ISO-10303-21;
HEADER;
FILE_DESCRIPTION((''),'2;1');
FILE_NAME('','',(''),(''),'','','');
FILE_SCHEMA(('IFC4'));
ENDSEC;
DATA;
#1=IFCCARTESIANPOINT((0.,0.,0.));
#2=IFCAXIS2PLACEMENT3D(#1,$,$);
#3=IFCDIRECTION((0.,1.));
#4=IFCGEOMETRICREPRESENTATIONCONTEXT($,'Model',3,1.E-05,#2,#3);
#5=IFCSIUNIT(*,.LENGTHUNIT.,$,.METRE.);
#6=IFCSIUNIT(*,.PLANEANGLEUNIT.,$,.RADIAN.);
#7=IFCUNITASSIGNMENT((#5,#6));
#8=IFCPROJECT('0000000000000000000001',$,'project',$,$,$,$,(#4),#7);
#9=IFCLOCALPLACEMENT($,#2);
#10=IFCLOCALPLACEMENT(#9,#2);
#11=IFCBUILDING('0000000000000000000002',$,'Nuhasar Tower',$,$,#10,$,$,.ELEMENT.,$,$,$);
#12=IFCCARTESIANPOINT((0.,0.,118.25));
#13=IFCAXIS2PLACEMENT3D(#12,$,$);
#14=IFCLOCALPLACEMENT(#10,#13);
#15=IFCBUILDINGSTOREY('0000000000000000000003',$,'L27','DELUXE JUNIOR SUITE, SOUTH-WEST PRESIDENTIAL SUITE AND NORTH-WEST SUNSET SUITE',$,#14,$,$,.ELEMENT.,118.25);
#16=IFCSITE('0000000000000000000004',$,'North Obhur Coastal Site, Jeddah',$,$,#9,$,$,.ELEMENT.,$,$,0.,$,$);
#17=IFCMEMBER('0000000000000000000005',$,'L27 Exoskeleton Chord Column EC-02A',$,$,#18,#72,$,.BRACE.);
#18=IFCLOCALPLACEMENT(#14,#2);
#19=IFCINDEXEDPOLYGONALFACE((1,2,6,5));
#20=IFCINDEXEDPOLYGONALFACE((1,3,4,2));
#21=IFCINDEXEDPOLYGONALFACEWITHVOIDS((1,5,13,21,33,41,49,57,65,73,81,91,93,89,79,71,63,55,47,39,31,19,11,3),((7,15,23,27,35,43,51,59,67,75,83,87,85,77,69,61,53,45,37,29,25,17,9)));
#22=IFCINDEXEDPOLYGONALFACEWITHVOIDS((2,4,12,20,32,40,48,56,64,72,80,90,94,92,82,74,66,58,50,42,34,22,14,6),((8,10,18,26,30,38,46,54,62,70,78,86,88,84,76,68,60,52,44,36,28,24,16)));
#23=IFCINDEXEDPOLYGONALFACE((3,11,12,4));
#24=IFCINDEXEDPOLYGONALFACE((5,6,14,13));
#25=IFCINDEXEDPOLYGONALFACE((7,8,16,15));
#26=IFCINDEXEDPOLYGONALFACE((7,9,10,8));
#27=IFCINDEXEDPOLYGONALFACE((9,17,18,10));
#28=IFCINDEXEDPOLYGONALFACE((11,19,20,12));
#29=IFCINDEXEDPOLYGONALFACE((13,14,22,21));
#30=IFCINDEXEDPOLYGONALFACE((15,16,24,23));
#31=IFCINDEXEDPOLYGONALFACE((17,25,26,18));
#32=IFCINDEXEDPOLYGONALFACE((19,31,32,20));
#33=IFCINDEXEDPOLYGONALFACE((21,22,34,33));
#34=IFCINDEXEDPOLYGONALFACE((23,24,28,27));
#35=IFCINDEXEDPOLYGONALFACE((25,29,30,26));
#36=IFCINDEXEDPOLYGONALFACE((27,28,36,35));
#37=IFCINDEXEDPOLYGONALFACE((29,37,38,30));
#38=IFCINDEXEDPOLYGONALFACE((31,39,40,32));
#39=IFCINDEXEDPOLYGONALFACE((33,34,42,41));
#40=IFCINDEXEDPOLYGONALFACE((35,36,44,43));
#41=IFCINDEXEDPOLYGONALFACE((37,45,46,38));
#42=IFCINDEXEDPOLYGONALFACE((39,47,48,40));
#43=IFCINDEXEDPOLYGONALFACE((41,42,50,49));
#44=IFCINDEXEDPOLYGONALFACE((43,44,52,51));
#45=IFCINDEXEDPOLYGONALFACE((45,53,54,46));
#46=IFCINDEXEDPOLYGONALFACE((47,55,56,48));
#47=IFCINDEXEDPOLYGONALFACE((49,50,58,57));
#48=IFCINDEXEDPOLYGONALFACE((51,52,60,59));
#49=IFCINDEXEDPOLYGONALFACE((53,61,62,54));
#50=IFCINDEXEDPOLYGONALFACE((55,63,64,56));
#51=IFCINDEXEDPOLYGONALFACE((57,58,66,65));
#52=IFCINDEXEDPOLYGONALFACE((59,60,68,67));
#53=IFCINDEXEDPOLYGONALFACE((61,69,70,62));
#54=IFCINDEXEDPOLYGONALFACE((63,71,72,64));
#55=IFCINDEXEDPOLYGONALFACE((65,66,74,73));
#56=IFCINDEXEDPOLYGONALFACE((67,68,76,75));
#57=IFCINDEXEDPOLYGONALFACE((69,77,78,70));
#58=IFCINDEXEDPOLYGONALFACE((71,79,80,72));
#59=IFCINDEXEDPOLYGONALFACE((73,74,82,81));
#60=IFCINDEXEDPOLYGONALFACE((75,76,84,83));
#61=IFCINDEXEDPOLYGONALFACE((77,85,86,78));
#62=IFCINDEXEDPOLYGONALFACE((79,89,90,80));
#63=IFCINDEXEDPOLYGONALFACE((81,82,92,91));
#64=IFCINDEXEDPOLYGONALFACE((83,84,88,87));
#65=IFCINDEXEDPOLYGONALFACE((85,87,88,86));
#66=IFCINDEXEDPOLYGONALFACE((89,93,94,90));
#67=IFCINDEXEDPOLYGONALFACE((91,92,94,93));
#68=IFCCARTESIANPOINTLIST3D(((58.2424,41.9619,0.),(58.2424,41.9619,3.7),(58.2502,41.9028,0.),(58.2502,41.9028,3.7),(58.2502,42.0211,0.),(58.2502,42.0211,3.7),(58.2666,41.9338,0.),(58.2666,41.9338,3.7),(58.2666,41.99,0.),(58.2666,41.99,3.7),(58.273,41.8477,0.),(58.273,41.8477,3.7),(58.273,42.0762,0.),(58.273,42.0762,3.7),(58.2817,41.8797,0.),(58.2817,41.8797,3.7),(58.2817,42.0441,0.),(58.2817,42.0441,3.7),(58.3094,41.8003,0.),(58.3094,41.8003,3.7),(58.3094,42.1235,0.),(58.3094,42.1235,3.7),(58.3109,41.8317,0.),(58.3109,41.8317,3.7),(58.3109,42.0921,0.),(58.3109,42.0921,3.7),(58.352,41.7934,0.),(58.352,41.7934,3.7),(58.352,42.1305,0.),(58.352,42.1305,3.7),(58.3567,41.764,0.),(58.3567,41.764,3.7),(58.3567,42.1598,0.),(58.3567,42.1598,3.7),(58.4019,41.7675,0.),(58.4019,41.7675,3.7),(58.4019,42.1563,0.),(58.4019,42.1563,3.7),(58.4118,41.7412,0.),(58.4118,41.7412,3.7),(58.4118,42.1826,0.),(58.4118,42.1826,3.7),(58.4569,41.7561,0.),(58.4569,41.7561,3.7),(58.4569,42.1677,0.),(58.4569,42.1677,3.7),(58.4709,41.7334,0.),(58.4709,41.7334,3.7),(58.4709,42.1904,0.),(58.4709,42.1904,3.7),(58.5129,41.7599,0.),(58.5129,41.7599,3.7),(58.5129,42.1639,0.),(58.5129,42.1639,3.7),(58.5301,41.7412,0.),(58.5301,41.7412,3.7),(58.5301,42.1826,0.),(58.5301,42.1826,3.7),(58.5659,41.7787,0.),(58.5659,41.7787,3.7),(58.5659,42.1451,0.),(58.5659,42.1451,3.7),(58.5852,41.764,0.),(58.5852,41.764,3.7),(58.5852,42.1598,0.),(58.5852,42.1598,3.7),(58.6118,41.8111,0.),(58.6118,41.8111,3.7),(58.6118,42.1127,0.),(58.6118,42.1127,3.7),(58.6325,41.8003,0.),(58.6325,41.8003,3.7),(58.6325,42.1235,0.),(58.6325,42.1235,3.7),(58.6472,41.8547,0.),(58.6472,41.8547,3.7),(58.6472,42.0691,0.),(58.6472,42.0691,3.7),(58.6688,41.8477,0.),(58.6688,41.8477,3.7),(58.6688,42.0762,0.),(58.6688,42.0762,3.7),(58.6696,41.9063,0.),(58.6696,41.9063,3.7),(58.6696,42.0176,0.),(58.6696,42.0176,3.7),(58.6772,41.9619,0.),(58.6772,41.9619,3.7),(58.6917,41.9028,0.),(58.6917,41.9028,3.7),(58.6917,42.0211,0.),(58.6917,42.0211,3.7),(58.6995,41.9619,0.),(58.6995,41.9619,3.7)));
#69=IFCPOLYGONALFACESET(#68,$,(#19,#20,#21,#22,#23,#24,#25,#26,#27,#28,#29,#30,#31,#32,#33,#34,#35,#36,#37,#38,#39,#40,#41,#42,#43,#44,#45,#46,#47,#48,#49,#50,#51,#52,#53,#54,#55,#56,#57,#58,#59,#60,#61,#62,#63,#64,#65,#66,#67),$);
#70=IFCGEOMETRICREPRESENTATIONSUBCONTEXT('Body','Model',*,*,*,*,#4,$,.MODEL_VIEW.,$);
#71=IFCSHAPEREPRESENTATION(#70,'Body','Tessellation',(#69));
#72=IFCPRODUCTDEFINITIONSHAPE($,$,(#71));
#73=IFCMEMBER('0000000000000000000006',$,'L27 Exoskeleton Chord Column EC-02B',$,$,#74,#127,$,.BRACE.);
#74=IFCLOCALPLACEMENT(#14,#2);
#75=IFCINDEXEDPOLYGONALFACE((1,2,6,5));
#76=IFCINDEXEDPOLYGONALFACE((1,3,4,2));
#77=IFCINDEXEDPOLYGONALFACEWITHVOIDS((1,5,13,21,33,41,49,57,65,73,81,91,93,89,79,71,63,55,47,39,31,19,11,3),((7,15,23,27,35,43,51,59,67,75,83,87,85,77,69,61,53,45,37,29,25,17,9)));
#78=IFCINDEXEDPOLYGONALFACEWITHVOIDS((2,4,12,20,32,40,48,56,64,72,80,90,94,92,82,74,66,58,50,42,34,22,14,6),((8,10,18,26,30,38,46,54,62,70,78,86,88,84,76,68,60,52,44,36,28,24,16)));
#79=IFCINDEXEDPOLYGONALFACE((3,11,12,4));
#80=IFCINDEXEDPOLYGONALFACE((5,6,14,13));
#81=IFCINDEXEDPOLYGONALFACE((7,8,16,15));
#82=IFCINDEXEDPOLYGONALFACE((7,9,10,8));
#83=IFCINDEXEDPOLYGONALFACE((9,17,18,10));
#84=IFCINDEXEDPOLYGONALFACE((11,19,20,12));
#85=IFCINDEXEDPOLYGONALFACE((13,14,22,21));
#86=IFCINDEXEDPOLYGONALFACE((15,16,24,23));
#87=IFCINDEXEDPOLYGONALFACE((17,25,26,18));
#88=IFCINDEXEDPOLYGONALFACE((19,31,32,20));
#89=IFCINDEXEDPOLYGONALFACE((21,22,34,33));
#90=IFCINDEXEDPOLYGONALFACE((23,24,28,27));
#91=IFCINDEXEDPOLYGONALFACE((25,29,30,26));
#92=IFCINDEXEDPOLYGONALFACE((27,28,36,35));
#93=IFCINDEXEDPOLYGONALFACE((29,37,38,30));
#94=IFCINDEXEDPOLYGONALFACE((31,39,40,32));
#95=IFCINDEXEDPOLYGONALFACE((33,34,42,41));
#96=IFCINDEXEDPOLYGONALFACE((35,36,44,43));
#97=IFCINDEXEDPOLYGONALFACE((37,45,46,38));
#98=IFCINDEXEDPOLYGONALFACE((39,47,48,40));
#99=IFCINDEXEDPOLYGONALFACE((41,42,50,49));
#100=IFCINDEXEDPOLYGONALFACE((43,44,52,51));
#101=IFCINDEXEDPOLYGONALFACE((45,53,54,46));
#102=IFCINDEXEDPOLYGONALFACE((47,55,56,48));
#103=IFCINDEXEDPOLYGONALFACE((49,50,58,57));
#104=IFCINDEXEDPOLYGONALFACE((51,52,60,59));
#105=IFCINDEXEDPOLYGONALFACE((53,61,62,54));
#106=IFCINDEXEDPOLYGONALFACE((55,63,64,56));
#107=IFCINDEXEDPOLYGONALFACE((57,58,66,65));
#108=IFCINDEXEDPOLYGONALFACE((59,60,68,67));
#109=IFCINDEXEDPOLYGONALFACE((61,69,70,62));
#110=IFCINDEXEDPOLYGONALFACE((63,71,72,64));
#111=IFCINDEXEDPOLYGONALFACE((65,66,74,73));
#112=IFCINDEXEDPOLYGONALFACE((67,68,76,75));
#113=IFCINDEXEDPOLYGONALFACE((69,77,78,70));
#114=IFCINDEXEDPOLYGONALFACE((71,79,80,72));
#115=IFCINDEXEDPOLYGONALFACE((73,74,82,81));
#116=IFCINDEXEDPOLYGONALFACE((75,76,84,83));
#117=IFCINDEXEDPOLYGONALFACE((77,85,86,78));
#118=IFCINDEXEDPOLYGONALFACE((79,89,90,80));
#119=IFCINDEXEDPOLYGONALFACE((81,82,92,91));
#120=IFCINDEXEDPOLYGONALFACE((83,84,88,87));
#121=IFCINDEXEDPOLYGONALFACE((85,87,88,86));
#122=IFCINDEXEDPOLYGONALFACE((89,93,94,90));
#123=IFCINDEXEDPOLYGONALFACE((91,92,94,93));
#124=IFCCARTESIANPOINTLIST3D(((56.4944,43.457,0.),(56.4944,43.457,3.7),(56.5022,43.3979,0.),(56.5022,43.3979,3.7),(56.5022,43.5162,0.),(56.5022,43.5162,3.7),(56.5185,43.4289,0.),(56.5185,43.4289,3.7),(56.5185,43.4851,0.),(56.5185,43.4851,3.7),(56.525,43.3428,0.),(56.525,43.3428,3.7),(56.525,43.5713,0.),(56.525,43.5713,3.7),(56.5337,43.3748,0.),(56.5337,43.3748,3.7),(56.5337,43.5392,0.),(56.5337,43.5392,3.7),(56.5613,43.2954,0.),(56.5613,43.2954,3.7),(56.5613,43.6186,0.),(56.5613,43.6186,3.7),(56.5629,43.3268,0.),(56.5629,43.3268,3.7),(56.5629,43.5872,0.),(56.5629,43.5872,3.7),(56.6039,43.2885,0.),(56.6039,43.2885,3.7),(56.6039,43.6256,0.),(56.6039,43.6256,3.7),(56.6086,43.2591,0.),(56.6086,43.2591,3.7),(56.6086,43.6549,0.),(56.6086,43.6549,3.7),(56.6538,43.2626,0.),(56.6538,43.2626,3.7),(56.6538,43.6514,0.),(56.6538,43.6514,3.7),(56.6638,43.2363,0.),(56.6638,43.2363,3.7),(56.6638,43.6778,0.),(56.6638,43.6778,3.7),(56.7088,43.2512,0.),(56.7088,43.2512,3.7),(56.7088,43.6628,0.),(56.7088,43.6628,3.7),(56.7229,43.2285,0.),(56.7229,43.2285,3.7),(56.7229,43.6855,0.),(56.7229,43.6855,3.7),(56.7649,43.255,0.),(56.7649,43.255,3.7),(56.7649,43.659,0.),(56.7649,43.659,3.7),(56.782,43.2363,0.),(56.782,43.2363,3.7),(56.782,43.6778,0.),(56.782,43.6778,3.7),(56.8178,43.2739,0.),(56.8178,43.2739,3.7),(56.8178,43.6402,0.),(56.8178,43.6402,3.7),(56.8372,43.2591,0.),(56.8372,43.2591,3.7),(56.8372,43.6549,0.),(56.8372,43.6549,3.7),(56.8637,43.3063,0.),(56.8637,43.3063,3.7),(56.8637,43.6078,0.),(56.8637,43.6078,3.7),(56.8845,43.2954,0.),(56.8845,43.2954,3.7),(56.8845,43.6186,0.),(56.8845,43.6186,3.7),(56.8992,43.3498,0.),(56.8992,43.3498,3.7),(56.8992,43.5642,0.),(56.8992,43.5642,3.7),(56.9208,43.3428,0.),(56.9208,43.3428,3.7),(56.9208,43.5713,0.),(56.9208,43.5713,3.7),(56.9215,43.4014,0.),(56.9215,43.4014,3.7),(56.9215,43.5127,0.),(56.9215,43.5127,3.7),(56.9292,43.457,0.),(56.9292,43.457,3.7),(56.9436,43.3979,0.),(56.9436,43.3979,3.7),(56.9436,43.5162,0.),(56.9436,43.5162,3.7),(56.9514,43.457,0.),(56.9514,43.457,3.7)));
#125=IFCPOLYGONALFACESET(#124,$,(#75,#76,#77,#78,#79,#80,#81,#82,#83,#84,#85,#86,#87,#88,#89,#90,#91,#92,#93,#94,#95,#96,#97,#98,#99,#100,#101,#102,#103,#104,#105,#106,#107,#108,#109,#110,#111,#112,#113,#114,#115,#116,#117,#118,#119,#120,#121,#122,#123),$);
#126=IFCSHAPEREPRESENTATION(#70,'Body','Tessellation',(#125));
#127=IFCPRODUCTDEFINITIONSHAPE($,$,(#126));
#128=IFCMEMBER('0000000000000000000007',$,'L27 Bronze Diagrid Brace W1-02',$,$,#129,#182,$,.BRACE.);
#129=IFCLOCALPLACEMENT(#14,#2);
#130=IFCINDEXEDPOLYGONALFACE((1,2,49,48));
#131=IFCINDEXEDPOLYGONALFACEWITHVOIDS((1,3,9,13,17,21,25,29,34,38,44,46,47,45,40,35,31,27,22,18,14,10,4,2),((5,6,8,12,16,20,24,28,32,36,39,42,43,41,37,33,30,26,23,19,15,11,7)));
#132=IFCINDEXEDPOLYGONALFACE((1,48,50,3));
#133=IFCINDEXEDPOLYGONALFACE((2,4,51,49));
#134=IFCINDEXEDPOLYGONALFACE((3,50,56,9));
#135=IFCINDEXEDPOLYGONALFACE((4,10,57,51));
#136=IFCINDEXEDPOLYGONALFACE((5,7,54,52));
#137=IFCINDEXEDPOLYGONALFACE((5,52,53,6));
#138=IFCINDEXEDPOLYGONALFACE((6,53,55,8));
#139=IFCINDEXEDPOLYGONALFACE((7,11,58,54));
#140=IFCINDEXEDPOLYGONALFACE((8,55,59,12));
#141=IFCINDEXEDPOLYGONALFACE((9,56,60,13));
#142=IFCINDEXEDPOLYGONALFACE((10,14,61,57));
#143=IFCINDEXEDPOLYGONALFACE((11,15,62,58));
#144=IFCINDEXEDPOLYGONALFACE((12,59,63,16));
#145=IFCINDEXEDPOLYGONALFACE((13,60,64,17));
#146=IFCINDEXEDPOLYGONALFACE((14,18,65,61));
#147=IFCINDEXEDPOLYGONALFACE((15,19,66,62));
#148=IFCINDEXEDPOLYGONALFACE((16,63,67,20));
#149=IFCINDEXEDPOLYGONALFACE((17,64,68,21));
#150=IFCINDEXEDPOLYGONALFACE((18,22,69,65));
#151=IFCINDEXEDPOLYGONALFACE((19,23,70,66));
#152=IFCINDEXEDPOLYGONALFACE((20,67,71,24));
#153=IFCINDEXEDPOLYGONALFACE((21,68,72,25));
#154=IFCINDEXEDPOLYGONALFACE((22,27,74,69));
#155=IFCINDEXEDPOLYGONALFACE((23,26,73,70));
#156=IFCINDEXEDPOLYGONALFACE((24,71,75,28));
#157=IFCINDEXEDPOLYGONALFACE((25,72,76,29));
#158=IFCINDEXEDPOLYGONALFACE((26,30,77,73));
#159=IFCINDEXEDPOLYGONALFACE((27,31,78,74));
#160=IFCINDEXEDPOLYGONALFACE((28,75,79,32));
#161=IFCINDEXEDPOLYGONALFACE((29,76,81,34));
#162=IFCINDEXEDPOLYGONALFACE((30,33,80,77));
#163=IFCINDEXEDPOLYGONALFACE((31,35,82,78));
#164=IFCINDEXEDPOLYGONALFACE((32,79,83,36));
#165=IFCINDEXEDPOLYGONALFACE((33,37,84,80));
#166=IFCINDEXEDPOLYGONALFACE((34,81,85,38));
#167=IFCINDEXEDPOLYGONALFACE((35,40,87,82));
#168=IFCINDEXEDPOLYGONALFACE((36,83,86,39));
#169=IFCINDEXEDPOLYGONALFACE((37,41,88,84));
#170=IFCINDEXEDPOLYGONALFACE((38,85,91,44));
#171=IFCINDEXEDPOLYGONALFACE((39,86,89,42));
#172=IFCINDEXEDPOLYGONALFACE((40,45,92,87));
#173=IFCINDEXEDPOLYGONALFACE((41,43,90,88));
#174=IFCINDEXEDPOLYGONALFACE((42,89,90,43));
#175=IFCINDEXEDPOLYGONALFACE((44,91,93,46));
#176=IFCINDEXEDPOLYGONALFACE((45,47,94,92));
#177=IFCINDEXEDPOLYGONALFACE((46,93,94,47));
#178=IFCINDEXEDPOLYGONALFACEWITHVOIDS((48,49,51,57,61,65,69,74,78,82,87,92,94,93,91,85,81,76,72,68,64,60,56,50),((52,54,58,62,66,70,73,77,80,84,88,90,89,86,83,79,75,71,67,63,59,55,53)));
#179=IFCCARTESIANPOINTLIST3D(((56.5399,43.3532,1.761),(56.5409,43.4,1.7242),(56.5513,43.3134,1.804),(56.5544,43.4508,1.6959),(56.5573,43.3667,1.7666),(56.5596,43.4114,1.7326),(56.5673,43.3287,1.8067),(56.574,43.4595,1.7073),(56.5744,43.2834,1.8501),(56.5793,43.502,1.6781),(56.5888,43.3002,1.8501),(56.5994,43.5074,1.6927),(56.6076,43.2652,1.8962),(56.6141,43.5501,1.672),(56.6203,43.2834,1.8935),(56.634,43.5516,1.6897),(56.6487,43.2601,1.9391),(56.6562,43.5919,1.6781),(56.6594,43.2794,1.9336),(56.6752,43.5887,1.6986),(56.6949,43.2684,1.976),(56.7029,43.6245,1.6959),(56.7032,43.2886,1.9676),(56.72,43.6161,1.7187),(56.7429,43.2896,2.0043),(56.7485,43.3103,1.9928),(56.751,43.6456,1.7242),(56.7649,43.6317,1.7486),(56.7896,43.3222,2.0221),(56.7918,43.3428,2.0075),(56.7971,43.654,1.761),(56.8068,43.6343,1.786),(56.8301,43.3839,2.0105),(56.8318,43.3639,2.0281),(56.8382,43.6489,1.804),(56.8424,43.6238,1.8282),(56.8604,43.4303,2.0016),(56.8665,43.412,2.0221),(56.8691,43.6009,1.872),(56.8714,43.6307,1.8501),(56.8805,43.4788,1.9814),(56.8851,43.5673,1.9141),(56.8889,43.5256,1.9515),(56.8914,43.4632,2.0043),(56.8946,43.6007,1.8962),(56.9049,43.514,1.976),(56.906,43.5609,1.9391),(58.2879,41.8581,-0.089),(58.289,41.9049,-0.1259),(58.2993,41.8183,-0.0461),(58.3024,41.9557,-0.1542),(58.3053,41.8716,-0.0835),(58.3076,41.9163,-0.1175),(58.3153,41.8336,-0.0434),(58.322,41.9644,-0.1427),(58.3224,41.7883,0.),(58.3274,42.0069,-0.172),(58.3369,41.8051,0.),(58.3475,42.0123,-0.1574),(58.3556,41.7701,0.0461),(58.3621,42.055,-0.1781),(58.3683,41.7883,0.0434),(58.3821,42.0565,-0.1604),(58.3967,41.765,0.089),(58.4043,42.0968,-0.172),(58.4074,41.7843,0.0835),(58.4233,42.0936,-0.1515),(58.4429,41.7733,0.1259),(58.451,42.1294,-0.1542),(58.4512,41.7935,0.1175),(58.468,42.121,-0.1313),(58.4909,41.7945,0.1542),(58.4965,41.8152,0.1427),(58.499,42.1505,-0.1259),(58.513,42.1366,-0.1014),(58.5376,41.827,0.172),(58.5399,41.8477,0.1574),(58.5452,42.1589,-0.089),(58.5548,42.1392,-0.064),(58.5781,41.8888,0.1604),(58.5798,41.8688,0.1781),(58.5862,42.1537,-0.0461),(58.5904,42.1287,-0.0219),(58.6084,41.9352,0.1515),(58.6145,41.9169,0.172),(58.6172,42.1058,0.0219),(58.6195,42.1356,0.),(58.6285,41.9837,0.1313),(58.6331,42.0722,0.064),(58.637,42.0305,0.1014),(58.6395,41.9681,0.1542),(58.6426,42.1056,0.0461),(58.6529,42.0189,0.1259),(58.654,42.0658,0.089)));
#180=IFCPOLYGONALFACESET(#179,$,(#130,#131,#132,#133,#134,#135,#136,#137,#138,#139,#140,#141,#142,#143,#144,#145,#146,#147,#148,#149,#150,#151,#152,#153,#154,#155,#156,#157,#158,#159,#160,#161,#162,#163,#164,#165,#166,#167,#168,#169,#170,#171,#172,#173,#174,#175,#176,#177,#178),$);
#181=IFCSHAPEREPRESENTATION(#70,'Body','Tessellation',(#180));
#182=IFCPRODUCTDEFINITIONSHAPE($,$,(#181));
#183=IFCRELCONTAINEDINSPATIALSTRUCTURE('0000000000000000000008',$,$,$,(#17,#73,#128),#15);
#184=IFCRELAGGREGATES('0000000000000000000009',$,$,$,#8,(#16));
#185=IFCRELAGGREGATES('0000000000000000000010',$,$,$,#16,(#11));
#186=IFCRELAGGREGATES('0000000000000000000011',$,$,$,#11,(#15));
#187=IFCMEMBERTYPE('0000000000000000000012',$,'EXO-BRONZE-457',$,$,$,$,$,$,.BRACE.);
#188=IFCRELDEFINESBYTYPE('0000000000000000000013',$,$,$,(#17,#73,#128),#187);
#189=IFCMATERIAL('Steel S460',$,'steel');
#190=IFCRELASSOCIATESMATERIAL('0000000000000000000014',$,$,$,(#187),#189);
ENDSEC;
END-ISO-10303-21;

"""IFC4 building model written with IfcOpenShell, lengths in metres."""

from ifc_helpers import new_model, si_unit, direction, frame, origin, origin_2d, place, context, subcontext, project, spatial, hollow_circle, extrude, material, material_profile, profile_set, type_object, element, save


model = new_model("IFC4")

# Units and contexts
model_context = context("Model", 3, precision=1e-05, world=origin(), true_north=direction((0.0, 1.0)))
body_context = subcontext(model_context, "Body", "Model", "MODEL_VIEW")
ifc_project = project(units=[si_unit("LENGTHUNIT", "METRE"), si_unit("PLANEANGLEUNIT", "RADIAN")], contexts=[model_context])

# Site, building, storey
site_placement = place(None, origin())
site = spatial("IfcSite", under=ifc_project, at=site_placement, Name="North Obhur Coastal Site, Jeddah", CompositionType="ELEMENT", RefElevation=0.0)
building_placement = place(site_placement, origin())
building = spatial("IfcBuilding", under=site, at=building_placement, Name="Nuhasar Tower", CompositionType="ELEMENT")
storey_placement = place(building_placement, frame((0.0, 0.0, 118.25)))
storey = spatial("IfcBuildingStorey", under=building, at=storey_placement, Name="L27", Description="DELUXE JUNIOR SUITE, SOUTH-WEST PRESIDENTIAL SUITE AND NORTH-WEST SUNSET SUITE", CompositionType="ELEMENT", Elevation=118.25)

# Members
ifc_material_1 = material(Name="Steel S460", Category="steel")
ifc_material_profile_1 = material_profile(ifc_material_1, hollow_circle(Radius=0.2285, WallThickness=0.0222, at=origin_2d()), Name="HSS457X22.2")
ifc_profile_set_1 = profile_set([ifc_material_profile_1], Name="Steel S460")
member_type_1 = type_object("IfcMemberType", Name="EXO-BRONZE-457", PredefinedType="BRACE", material=ifc_profile_set_1)
for number, where, z_axis, x_axis, name in (
    (1, (58.4709, 41.9619, 0.0), (0.0, 0.0, 1.0), (1.0, 0.0, 0.0), "L27 Exoskeleton Chord Column EC-02A"),
    (2, (56.7229, 43.457, 0.0), (0.0, 0.0, 1.0), (1.0, 0.0, 0.0), "L27 Exoskeleton Chord Column EC-02B"),
):
    element("IfcMember", number, at=place(storey_placement, frame(where, z_axis=z_axis, x_axis=x_axis)), inside=storey, type_object=member_type_1, Name=name, PredefinedType="BRACE", context=body_context, shape_type="SweptSolid", body=[
        extrude(hollow_circle(Radius=0.2285, WallThickness=0.0222, at=origin_2d()), origin(), (0.0, 0.0, 1.0), 3.7),
    ])
member_1_placement = place(storey_placement, frame((58.4709, 41.9619, 0.0), z_axis=(-0.59217, 0.506488, 0.626741), x_axis=(-0.649987, -0.759945, 0.0)))
element("IfcMember", 3, at=member_1_placement, inside=storey, type_object=member_type_1, Name="L27 Bronze Diagrid Brace W1-02", PredefinedType="BRACE", context=body_context, shape_type="SweptSolid", body=[
    extrude(hollow_circle(Radius=0.2285, WallThickness=0.0222, at=origin_2d()), origin(), (0.0, 0.0, 1.0), 2.9519),
])

save(model, "model.ifc")
